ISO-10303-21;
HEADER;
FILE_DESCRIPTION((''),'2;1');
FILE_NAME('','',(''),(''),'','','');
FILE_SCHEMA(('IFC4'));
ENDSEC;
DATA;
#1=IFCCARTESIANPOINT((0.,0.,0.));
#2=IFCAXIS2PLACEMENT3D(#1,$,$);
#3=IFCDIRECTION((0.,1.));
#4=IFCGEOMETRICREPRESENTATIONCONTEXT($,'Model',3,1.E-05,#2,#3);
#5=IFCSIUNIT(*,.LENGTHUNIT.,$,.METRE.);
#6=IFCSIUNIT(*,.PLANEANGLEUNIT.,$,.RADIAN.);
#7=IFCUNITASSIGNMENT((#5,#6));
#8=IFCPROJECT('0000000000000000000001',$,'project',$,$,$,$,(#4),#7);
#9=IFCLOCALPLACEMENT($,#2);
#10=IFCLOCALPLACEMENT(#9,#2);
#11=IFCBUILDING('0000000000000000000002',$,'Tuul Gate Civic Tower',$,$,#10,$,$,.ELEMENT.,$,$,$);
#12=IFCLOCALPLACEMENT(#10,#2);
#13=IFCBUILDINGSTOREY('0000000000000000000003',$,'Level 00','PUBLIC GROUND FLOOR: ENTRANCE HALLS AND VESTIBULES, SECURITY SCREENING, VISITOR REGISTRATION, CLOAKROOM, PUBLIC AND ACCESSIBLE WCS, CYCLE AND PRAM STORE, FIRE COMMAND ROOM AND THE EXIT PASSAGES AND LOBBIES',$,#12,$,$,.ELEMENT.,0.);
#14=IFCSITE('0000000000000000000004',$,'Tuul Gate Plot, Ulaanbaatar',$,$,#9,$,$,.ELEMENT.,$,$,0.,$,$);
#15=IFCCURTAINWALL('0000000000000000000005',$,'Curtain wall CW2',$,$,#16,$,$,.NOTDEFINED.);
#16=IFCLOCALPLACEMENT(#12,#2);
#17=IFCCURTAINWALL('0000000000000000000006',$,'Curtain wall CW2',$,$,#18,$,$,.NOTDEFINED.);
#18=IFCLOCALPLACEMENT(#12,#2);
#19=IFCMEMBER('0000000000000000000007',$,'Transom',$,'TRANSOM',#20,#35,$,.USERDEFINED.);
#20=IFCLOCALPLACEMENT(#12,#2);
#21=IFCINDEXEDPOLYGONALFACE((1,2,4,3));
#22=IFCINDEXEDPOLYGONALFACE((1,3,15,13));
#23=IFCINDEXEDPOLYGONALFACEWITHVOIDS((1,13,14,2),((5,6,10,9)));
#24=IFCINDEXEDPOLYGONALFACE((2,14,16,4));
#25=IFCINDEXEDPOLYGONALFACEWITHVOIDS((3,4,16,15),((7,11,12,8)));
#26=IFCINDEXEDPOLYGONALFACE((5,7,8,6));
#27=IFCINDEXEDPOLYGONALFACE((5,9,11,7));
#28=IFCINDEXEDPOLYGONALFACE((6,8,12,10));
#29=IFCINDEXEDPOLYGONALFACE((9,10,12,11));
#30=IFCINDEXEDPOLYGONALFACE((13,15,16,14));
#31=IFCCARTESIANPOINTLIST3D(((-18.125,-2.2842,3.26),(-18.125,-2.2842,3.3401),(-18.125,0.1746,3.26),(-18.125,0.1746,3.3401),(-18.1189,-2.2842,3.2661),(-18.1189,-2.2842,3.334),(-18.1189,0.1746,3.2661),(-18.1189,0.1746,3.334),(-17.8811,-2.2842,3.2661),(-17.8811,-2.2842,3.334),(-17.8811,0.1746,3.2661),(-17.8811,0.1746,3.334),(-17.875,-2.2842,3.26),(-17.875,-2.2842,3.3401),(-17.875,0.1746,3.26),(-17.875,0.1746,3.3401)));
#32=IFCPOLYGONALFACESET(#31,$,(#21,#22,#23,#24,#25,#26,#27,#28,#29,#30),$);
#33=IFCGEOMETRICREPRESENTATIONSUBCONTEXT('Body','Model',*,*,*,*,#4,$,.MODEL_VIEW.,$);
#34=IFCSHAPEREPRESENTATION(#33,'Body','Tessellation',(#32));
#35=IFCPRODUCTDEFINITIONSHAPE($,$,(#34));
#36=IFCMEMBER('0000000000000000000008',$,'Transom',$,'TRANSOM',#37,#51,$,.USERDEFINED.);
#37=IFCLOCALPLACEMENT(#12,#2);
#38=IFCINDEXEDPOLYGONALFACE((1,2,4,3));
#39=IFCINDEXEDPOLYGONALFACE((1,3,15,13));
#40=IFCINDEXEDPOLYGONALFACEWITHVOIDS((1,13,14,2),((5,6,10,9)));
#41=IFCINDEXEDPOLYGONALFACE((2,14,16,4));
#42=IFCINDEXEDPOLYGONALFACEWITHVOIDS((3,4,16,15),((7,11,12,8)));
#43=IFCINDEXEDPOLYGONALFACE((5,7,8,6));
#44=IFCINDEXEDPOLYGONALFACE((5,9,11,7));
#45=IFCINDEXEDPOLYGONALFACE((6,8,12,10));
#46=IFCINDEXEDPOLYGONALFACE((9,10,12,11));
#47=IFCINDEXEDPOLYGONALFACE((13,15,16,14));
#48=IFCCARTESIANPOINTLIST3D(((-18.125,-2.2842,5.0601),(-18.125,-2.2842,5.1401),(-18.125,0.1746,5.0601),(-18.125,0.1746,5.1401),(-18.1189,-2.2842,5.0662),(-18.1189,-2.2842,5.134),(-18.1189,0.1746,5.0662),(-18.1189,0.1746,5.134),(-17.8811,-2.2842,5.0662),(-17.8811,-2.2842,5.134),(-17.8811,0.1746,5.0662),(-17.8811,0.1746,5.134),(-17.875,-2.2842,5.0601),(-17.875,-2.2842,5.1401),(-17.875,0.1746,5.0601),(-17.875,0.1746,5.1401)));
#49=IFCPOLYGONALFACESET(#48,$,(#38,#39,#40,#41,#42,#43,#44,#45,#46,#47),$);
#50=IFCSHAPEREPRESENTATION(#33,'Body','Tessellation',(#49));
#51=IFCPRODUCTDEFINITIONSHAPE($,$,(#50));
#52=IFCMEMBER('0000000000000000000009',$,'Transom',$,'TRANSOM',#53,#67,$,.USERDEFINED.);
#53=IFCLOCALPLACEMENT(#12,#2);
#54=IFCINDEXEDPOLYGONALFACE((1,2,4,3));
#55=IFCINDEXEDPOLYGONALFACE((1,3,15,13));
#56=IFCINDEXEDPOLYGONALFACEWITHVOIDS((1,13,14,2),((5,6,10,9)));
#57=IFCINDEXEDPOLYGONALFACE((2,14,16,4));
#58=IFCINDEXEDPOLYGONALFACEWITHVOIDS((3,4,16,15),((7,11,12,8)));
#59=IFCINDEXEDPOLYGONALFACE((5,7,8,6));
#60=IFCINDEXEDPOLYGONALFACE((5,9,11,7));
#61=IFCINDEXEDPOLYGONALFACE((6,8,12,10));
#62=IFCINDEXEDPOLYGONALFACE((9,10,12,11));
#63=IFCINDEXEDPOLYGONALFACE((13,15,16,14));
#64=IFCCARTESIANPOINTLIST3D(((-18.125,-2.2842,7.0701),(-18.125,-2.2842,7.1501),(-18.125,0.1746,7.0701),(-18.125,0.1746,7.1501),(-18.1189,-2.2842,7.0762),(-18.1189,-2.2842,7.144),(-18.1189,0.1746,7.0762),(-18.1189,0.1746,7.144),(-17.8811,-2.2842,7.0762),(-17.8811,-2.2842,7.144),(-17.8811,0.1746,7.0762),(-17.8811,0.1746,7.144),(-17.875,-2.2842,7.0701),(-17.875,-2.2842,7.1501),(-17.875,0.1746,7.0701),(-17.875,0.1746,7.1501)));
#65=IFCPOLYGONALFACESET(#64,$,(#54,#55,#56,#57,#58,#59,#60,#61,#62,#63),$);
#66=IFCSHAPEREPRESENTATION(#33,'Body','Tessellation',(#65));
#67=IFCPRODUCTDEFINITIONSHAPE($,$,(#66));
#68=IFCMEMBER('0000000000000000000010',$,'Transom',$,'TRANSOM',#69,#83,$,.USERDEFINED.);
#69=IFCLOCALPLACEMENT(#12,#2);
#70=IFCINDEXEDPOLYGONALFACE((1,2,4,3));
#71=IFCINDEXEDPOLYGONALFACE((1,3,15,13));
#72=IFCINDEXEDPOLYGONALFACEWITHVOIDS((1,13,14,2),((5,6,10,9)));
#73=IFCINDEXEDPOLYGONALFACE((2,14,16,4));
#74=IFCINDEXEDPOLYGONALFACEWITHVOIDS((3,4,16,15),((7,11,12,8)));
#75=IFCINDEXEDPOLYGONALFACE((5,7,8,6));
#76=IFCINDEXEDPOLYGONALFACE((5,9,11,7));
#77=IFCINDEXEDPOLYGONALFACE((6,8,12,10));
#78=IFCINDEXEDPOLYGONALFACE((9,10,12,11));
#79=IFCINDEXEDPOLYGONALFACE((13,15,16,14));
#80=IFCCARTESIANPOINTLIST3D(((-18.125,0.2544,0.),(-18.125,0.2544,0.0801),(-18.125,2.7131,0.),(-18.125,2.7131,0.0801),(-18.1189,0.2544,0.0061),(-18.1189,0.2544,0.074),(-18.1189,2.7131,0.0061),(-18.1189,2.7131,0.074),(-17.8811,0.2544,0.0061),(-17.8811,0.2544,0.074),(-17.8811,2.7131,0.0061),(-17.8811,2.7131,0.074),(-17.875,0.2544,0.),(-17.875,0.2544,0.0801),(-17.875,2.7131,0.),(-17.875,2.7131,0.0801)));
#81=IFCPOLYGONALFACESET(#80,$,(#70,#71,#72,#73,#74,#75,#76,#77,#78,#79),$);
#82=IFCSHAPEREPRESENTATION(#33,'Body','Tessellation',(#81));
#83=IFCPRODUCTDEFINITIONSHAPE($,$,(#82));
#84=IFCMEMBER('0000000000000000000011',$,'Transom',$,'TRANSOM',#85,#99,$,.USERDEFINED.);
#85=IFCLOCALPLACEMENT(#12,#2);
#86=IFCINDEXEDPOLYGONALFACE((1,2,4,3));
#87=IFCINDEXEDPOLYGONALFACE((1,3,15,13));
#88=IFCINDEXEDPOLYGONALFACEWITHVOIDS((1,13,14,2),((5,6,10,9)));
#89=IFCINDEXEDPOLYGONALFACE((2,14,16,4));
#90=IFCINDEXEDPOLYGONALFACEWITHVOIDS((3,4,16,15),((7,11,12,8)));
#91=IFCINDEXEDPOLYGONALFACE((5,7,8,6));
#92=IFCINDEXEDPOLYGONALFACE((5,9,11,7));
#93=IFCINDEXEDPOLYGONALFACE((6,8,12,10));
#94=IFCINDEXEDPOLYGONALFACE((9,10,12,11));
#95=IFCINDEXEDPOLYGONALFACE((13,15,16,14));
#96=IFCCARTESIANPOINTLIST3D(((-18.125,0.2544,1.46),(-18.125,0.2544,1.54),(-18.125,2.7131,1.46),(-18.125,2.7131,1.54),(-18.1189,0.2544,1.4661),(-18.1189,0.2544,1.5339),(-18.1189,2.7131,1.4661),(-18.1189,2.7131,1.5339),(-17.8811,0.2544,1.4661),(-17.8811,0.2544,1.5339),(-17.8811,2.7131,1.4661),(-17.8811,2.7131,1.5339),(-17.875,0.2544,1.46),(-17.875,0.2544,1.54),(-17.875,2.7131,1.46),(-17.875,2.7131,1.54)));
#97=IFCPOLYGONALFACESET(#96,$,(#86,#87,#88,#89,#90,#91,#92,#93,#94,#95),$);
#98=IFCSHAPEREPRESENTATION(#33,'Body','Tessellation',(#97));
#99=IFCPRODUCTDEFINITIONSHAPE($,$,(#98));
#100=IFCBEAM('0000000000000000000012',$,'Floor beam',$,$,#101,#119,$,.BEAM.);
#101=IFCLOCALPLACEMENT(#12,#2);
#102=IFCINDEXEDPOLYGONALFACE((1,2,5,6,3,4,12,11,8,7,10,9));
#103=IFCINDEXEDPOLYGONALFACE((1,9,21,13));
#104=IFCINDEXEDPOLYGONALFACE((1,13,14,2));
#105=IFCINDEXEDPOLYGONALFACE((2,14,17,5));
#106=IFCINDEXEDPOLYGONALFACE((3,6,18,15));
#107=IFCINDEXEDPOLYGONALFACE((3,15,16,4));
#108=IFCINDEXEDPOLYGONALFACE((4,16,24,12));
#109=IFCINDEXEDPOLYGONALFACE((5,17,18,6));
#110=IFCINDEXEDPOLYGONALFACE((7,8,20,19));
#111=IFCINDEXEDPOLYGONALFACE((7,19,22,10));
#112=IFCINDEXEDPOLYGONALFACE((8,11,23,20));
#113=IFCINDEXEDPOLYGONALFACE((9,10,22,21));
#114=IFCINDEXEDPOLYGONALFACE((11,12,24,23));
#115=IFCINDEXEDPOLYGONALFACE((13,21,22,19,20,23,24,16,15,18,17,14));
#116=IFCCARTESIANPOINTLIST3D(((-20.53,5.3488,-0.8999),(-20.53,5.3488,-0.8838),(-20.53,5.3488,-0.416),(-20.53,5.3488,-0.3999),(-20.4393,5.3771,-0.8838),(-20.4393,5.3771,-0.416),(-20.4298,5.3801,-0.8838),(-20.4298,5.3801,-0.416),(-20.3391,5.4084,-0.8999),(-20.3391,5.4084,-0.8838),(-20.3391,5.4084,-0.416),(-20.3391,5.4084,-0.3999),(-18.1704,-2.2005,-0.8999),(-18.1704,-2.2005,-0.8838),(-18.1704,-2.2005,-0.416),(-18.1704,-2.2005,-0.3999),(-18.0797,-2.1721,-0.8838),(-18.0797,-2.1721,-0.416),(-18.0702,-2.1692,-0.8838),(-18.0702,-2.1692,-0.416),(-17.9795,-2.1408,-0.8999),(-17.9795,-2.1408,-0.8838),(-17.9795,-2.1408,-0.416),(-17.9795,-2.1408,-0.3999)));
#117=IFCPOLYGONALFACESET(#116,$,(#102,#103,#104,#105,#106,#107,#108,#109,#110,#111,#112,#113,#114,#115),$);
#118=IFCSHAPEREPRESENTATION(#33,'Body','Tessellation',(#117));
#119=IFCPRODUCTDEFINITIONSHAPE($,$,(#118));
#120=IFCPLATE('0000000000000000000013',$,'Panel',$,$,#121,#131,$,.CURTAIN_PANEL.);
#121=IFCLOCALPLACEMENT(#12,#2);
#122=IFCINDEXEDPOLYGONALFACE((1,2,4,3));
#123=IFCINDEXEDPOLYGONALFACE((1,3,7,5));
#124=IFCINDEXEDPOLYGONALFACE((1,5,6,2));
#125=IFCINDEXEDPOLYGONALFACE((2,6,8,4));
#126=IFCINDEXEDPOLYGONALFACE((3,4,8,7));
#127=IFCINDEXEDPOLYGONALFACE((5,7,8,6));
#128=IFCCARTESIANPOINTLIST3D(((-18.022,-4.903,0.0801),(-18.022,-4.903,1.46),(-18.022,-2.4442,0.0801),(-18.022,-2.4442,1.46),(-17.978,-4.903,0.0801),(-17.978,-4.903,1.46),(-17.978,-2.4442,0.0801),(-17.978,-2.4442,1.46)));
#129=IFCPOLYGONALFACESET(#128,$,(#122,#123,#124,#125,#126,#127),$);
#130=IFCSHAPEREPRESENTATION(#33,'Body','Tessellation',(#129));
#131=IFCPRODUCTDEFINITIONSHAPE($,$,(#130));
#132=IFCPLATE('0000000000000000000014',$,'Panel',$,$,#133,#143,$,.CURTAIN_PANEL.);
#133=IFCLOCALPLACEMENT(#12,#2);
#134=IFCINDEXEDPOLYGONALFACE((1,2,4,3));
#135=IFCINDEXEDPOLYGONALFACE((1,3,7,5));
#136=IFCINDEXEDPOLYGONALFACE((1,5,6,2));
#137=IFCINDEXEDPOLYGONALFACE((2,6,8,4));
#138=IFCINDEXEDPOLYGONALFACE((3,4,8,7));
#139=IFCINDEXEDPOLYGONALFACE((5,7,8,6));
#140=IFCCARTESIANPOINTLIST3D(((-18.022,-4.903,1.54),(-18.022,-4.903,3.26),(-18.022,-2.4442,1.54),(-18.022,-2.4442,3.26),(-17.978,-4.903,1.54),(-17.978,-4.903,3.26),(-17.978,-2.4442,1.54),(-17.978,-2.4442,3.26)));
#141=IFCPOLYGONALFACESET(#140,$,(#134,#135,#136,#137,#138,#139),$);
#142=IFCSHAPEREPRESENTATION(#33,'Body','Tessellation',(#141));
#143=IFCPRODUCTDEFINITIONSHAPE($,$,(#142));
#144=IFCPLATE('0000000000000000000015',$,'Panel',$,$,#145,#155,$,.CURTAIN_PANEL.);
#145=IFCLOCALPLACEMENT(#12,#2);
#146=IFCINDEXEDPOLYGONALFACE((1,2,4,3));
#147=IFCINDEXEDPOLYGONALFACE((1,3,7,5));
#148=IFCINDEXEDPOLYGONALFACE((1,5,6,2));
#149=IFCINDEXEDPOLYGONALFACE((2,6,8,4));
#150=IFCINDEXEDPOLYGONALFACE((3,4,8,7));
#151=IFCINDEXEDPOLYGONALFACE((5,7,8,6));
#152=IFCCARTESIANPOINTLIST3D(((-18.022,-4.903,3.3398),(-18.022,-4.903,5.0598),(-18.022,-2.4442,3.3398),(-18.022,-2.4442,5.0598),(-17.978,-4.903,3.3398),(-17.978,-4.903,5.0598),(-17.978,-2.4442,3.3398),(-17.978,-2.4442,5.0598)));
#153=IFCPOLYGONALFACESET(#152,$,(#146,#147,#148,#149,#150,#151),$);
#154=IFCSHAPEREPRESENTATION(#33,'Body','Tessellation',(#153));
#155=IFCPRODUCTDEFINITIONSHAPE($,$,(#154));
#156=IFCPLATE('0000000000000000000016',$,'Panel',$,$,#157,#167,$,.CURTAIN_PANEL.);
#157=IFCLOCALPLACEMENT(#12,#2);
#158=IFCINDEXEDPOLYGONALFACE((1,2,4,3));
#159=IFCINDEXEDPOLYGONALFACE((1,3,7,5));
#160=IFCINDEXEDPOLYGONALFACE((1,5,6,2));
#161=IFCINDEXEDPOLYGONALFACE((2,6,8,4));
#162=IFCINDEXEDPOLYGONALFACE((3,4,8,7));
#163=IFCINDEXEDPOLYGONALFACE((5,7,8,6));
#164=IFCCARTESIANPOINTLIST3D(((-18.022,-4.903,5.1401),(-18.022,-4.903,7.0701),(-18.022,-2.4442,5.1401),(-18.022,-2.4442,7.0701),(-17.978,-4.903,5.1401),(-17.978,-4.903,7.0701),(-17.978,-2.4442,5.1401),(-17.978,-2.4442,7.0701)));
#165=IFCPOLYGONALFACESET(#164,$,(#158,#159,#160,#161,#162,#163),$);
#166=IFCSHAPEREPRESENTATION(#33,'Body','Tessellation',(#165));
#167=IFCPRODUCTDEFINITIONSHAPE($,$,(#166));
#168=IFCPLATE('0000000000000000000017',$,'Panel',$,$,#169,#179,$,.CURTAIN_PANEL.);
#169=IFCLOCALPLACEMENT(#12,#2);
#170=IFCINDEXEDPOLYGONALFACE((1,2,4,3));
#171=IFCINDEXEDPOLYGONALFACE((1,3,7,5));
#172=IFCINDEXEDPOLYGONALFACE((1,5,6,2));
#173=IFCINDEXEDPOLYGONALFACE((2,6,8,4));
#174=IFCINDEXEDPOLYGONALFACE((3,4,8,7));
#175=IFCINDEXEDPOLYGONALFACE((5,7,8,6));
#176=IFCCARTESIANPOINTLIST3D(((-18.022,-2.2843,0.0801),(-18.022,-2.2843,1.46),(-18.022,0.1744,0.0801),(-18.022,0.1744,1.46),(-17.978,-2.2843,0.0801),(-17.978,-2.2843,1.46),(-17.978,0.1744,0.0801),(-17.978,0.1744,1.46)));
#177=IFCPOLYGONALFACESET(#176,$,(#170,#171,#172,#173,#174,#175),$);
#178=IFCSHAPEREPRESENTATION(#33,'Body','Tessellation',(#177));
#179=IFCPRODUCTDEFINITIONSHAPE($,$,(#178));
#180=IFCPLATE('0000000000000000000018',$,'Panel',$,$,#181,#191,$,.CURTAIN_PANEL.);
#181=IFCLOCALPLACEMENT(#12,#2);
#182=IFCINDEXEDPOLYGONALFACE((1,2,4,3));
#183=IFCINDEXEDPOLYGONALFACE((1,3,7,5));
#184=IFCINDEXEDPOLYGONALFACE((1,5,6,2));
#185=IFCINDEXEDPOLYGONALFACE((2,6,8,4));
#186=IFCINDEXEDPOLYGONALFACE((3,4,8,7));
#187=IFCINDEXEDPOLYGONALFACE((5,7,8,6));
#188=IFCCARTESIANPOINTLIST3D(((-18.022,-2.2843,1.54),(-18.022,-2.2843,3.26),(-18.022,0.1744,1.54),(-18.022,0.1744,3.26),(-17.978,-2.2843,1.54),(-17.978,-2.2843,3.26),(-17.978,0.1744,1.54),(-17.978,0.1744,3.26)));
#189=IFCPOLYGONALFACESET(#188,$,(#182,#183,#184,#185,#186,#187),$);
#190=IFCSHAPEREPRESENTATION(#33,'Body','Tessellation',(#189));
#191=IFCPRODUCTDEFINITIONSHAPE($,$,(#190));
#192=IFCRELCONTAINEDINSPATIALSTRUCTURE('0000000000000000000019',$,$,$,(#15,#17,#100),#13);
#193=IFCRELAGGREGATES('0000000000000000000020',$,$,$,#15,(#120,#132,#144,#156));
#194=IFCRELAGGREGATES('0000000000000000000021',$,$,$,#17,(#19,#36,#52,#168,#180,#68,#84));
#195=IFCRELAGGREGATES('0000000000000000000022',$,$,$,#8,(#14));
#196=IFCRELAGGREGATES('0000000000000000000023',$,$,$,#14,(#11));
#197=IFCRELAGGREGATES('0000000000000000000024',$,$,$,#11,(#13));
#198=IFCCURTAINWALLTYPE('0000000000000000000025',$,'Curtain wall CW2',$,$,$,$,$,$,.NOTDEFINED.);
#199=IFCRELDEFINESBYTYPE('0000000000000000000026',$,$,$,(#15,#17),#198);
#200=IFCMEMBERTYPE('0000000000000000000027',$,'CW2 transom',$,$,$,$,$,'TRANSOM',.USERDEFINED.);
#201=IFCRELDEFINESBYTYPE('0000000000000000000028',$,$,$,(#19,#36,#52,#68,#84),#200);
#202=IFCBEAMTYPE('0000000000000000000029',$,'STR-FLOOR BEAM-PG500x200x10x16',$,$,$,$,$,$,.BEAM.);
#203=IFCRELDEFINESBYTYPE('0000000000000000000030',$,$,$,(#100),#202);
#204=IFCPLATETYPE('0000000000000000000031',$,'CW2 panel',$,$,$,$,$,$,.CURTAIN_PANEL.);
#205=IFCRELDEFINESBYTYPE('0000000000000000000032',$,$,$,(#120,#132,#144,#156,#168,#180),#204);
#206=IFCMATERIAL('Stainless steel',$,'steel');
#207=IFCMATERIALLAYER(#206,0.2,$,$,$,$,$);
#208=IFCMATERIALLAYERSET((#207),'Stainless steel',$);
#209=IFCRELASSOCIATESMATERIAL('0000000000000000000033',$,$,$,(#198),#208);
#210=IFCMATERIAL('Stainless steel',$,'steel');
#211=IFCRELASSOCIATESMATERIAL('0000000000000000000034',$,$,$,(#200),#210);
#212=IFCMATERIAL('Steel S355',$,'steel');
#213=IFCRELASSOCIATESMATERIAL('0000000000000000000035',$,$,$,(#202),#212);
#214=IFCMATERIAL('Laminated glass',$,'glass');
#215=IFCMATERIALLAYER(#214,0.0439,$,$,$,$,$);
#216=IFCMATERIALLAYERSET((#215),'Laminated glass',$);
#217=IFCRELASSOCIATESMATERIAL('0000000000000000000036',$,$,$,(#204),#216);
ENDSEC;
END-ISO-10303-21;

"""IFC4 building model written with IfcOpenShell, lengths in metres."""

from ifc_helpers import new_model, si_unit, direction, frame, origin, origin_2d, place, context, subcontext, project, spatial, rectangle, hollow_rectangle, i_section, extrude, material, layer, layer_set, material_profile, profile_set, type_object, element, aggregate, save


model = new_model("IFC4")

# Units and contexts
model_context = context("Model", 3, precision=1e-05, world=origin(), true_north=direction((0.0, 1.0)))
body_context = subcontext(model_context, "Body", "Model", "MODEL_VIEW")
ifc_project = project(units=[si_unit("LENGTHUNIT", "METRE"), si_unit("PLANEANGLEUNIT", "RADIAN")], contexts=[model_context])

# Site, building, storey
site_placement = place(None, origin())
site = spatial("IfcSite", under=ifc_project, at=site_placement, Name="Tuul Gate Plot, Ulaanbaatar", CompositionType="ELEMENT", RefElevation=0.0)
building_placement = place(site_placement, origin())
building = spatial("IfcBuilding", under=site, at=building_placement, Name="Tuul Gate Civic Tower", CompositionType="ELEMENT")
storey_placement = place(building_placement, origin())
storey = spatial("IfcBuildingStorey", under=building, at=storey_placement, Name="Level 00", Description="PUBLIC GROUND FLOOR: ENTRANCE HALLS AND VESTIBULES, SECURITY SCREENING, VISITOR REGISTRATION, CLOAKROOM, PUBLIC AND ACCESSIBLE WCS, CYCLE AND PRAM STORE, FIRE COMMAND ROOM AND THE EXIT PASSAGES AND LOBBIES", CompositionType="ELEMENT", Elevation=0.0)

# Curtain walls
ifc_material_1 = material(Name="Stainless steel", Category="steel")
ifc_layer_1 = layer(ifc_material_1, 0.2)
ifc_layer_set_1 = layer_set([ifc_layer_1], Name="Stainless steel")
curtain_wall_type = type_object("IfcCurtainWallType", Name="Curtain wall CW2", PredefinedType="NOTDEFINED", material=ifc_layer_set_1)
curtain_wall_1_placement = place(storey_placement, origin())
curtain_wall_1 = element("IfcCurtainWall", 1, at=curtain_wall_1_placement, inside=storey, type_object=curtain_wall_type, Name="Curtain wall CW2", PredefinedType="NOTDEFINED")
curtain_wall_2_placement = place(storey_placement, origin())
curtain_wall_2 = element("IfcCurtainWall", 2, at=curtain_wall_2_placement, inside=storey, type_object=curtain_wall_type, Name="Curtain wall CW2", PredefinedType="NOTDEFINED")

# Members
ifc_material_2 = material(Name="Stainless steel", Category="steel")
ifc_material_profile_1 = material_profile(ifc_material_2, hollow_rectangle(XDim=0.25, YDim=0.0801, WallThickness=0.0061, at=origin_2d()), Name="CW2 transom")
ifc_profile_set_1 = profile_set([ifc_material_profile_1], Name="Stainless steel")
member_type_1 = type_object("IfcMemberType", Name="CW2 transom", ElementType="TRANSOM", PredefinedType="USERDEFINED", material=ifc_profile_set_1)
member_1_placement = place(storey_placement, frame((-18.0, -2.2842, 3.3), z_axis=(0.0, 1.0, 0.0), x_axis=(-1.0, 0.0, 0.0)))
member_1 = element("IfcMember", 3, at=member_1_placement, type_object=member_type_1, Name="Transom", ObjectType="TRANSOM", PredefinedType="USERDEFINED", context=body_context, shape_type="SweptSolid", body=[
    extrude(hollow_rectangle(XDim=0.25, YDim=0.0801, WallThickness=0.0061, at=origin_2d()), origin(), (0.0, 0.0, 1.0), 2.4587),
])
member_2_placement = place(storey_placement, frame((-18.0, -2.2842, 5.1001), z_axis=(0.0, 1.0, 0.0), x_axis=(-1.0, 0.0, 0.0)))
member_2 = element("IfcMember", 4, at=member_2_placement, type_object=member_type_1, Name="Transom", ObjectType="TRANSOM", PredefinedType="USERDEFINED", context=body_context, shape_type="SweptSolid", body=[
    extrude(hollow_rectangle(XDim=0.25, YDim=0.0801, WallThickness=0.0061, at=origin_2d()), origin(), (0.0, 0.0, 1.0), 2.4587),
])
member_3_placement = place(storey_placement, frame((-18.0, -2.2842, 7.1101), z_axis=(0.0, 1.0, 0.0), x_axis=(-1.0, 0.0, 0.0)))
member_3 = element("IfcMember", 5, at=member_3_placement, type_object=member_type_1, Name="Transom", ObjectType="TRANSOM", PredefinedType="USERDEFINED", context=body_context, shape_type="SweptSolid", body=[
    extrude(hollow_rectangle(XDim=0.25, YDim=0.0801, WallThickness=0.0061, at=origin_2d()), origin(), (0.0, 0.0, 1.0), 2.4587),
])
member_4_placement = place(storey_placement, frame((-18.0, 0.2544, 0.04), z_axis=(0.0, 1.0, 0.0), x_axis=(-1.0, 0.0, 0.0)))
member_4 = element("IfcMember", 6, at=member_4_placement, type_object=member_type_1, Name="Transom", ObjectType="TRANSOM", PredefinedType="USERDEFINED", context=body_context, shape_type="SweptSolid", body=[
    extrude(hollow_rectangle(XDim=0.25, YDim=0.0801, WallThickness=0.0061, at=origin_2d()), origin(), (0.0, 0.0, 1.0), 2.4587),
])
member_5_placement = place(storey_placement, frame((-18.0, 0.2544, 1.5), z_axis=(0.0, 1.0, 0.0), x_axis=(-1.0, 0.0, 0.0)))
member_5 = element("IfcMember", 7, at=member_5_placement, type_object=member_type_1, Name="Transom", ObjectType="TRANSOM", PredefinedType="USERDEFINED", context=body_context, shape_type="SweptSolid", body=[
    extrude(hollow_rectangle(XDim=0.25, YDim=0.0801, WallThickness=0.0061, at=origin_2d()), origin(), (0.0, 0.0, 1.0), 2.4587),
])

# Beam
ifc_material_3 = material(Name="Steel S355", Category="steel")
ifc_material_profile_2 = material_profile(ifc_material_3, i_section(OverallWidth=0.2, OverallDepth=0.5, WebThickness=0.01, FlangeThickness=0.0161, at=origin_2d()), Name="PG500x200x10x16")
ifc_profile_set_2 = profile_set([ifc_material_profile_2], Name="Steel S355")
beam_type = type_object("IfcBeamType", Name="STR-FLOOR BEAM-PG500x200x10x16", PredefinedType="BEAM", material=ifc_profile_set_2)
beam_placement = place(storey_placement, frame((-18.075, -2.1707, -0.6499), z_axis=(-0.298328, 0.954463, 0.0), x_axis=(-0.954463, -0.298328, 0.0)))
element("IfcBeam", 8, at=beam_placement, inside=storey, type_object=beam_type, Name="Floor beam", PredefinedType="BEAM", context=body_context, shape_type="SweptSolid", body=[
    extrude(i_section(OverallWidth=0.2, OverallDepth=0.5, WebThickness=0.01, FlangeThickness=0.0161, at=origin_2d()), origin(), (0.0, 0.0, 1.0), 7.9094),
])

# Plates
ifc_material_4 = material(Name="Laminated glass", Category="glass")
ifc_layer_2 = layer(ifc_material_4, 0.0439)
ifc_layer_set_2 = layer_set([ifc_layer_2], Name="Laminated glass")
plate_type = type_object("IfcPlateType", Name="CW2 panel", PredefinedType="CURTAIN_PANEL", material=ifc_layer_set_2)
plate_1_placement = place(storey_placement, frame((-18.0, -3.6736, 0.0801), z_axis=(0.0, 0.0, 1.0), x_axis=(0.0, 1.0, 0.0)))
plate_1 = element("IfcPlate", 9, at=plate_1_placement, type_object=plate_type, Name="Panel", PredefinedType="CURTAIN_PANEL", context=body_context, shape_type="SweptSolid", body=[
    extrude(rectangle(XDim=2.4587, YDim=0.0439, at=origin_2d()), origin(), (0.0, 0.0, 1.0), 1.3799),
])
plate_2_placement = place(storey_placement, frame((-18.0, -3.6736, 1.54), z_axis=(0.0, 0.0, 1.0), x_axis=(0.0, 1.0, 0.0)))
plate_2 = element("IfcPlate", 10, at=plate_2_placement, type_object=plate_type, Name="Panel", PredefinedType="CURTAIN_PANEL", context=body_context, shape_type="SweptSolid", body=[
    extrude(rectangle(XDim=2.4587, YDim=0.0439, at=origin_2d()), origin(), (0.0, 0.0, 1.0), 1.72),
])
plate_3_placement = place(storey_placement, frame((-18.0, -3.6736, 3.3398), z_axis=(0.0, 0.0, 1.0), x_axis=(0.0, 1.0, 0.0)))
plate_3 = element("IfcPlate", 11, at=plate_3_placement, type_object=plate_type, Name="Panel", PredefinedType="CURTAIN_PANEL", context=body_context, shape_type="SweptSolid", body=[
    extrude(rectangle(XDim=2.4587, YDim=0.0439, at=origin_2d()), origin(), (0.0, 0.0, 1.0), 1.72),
])
plate_4_placement = place(storey_placement, frame((-18.0, -3.6736, 5.1401), z_axis=(0.0, 0.0, 1.0), x_axis=(0.0, 1.0, 0.0)))
plate_4 = element("IfcPlate", 12, at=plate_4_placement, type_object=plate_type, Name="Panel", PredefinedType="CURTAIN_PANEL", context=body_context, shape_type="SweptSolid", body=[
    extrude(rectangle(XDim=2.4587, YDim=0.0439, at=origin_2d()), origin(), (0.0, 0.0, 1.0), 1.9299),
])
aggregate(curtain_wall_1, [plate_1, plate_2, plate_3, plate_4])
plate_5_placement = place(storey_placement, frame((-18.0, -1.0549, 0.0801), z_axis=(0.0, 0.0, 1.0), x_axis=(0.0, 1.0, 0.0)))
plate_5 = element("IfcPlate", 13, at=plate_5_placement, type_object=plate_type, Name="Panel", PredefinedType="CURTAIN_PANEL", context=body_context, shape_type="SweptSolid", body=[
    extrude(rectangle(XDim=2.4587, YDim=0.0439, at=origin_2d()), origin(), (0.0, 0.0, 1.0), 1.3799),
])
plate_6_placement = place(storey_placement, frame((-18.0, -1.0549, 1.54), z_axis=(0.0, 0.0, 1.0), x_axis=(0.0, 1.0, 0.0)))
plate_6 = element("IfcPlate", 14, at=plate_6_placement, type_object=plate_type, Name="Panel", PredefinedType="CURTAIN_PANEL", context=body_context, shape_type="SweptSolid", body=[
    extrude(rectangle(XDim=2.4587, YDim=0.0439, at=origin_2d()), origin(), (0.0, 0.0, 1.0), 1.72),
])
aggregate(curtain_wall_2, [member_1, member_2, member_3, plate_5, plate_6, member_4, member_5])

save(model, "model.ifc")
